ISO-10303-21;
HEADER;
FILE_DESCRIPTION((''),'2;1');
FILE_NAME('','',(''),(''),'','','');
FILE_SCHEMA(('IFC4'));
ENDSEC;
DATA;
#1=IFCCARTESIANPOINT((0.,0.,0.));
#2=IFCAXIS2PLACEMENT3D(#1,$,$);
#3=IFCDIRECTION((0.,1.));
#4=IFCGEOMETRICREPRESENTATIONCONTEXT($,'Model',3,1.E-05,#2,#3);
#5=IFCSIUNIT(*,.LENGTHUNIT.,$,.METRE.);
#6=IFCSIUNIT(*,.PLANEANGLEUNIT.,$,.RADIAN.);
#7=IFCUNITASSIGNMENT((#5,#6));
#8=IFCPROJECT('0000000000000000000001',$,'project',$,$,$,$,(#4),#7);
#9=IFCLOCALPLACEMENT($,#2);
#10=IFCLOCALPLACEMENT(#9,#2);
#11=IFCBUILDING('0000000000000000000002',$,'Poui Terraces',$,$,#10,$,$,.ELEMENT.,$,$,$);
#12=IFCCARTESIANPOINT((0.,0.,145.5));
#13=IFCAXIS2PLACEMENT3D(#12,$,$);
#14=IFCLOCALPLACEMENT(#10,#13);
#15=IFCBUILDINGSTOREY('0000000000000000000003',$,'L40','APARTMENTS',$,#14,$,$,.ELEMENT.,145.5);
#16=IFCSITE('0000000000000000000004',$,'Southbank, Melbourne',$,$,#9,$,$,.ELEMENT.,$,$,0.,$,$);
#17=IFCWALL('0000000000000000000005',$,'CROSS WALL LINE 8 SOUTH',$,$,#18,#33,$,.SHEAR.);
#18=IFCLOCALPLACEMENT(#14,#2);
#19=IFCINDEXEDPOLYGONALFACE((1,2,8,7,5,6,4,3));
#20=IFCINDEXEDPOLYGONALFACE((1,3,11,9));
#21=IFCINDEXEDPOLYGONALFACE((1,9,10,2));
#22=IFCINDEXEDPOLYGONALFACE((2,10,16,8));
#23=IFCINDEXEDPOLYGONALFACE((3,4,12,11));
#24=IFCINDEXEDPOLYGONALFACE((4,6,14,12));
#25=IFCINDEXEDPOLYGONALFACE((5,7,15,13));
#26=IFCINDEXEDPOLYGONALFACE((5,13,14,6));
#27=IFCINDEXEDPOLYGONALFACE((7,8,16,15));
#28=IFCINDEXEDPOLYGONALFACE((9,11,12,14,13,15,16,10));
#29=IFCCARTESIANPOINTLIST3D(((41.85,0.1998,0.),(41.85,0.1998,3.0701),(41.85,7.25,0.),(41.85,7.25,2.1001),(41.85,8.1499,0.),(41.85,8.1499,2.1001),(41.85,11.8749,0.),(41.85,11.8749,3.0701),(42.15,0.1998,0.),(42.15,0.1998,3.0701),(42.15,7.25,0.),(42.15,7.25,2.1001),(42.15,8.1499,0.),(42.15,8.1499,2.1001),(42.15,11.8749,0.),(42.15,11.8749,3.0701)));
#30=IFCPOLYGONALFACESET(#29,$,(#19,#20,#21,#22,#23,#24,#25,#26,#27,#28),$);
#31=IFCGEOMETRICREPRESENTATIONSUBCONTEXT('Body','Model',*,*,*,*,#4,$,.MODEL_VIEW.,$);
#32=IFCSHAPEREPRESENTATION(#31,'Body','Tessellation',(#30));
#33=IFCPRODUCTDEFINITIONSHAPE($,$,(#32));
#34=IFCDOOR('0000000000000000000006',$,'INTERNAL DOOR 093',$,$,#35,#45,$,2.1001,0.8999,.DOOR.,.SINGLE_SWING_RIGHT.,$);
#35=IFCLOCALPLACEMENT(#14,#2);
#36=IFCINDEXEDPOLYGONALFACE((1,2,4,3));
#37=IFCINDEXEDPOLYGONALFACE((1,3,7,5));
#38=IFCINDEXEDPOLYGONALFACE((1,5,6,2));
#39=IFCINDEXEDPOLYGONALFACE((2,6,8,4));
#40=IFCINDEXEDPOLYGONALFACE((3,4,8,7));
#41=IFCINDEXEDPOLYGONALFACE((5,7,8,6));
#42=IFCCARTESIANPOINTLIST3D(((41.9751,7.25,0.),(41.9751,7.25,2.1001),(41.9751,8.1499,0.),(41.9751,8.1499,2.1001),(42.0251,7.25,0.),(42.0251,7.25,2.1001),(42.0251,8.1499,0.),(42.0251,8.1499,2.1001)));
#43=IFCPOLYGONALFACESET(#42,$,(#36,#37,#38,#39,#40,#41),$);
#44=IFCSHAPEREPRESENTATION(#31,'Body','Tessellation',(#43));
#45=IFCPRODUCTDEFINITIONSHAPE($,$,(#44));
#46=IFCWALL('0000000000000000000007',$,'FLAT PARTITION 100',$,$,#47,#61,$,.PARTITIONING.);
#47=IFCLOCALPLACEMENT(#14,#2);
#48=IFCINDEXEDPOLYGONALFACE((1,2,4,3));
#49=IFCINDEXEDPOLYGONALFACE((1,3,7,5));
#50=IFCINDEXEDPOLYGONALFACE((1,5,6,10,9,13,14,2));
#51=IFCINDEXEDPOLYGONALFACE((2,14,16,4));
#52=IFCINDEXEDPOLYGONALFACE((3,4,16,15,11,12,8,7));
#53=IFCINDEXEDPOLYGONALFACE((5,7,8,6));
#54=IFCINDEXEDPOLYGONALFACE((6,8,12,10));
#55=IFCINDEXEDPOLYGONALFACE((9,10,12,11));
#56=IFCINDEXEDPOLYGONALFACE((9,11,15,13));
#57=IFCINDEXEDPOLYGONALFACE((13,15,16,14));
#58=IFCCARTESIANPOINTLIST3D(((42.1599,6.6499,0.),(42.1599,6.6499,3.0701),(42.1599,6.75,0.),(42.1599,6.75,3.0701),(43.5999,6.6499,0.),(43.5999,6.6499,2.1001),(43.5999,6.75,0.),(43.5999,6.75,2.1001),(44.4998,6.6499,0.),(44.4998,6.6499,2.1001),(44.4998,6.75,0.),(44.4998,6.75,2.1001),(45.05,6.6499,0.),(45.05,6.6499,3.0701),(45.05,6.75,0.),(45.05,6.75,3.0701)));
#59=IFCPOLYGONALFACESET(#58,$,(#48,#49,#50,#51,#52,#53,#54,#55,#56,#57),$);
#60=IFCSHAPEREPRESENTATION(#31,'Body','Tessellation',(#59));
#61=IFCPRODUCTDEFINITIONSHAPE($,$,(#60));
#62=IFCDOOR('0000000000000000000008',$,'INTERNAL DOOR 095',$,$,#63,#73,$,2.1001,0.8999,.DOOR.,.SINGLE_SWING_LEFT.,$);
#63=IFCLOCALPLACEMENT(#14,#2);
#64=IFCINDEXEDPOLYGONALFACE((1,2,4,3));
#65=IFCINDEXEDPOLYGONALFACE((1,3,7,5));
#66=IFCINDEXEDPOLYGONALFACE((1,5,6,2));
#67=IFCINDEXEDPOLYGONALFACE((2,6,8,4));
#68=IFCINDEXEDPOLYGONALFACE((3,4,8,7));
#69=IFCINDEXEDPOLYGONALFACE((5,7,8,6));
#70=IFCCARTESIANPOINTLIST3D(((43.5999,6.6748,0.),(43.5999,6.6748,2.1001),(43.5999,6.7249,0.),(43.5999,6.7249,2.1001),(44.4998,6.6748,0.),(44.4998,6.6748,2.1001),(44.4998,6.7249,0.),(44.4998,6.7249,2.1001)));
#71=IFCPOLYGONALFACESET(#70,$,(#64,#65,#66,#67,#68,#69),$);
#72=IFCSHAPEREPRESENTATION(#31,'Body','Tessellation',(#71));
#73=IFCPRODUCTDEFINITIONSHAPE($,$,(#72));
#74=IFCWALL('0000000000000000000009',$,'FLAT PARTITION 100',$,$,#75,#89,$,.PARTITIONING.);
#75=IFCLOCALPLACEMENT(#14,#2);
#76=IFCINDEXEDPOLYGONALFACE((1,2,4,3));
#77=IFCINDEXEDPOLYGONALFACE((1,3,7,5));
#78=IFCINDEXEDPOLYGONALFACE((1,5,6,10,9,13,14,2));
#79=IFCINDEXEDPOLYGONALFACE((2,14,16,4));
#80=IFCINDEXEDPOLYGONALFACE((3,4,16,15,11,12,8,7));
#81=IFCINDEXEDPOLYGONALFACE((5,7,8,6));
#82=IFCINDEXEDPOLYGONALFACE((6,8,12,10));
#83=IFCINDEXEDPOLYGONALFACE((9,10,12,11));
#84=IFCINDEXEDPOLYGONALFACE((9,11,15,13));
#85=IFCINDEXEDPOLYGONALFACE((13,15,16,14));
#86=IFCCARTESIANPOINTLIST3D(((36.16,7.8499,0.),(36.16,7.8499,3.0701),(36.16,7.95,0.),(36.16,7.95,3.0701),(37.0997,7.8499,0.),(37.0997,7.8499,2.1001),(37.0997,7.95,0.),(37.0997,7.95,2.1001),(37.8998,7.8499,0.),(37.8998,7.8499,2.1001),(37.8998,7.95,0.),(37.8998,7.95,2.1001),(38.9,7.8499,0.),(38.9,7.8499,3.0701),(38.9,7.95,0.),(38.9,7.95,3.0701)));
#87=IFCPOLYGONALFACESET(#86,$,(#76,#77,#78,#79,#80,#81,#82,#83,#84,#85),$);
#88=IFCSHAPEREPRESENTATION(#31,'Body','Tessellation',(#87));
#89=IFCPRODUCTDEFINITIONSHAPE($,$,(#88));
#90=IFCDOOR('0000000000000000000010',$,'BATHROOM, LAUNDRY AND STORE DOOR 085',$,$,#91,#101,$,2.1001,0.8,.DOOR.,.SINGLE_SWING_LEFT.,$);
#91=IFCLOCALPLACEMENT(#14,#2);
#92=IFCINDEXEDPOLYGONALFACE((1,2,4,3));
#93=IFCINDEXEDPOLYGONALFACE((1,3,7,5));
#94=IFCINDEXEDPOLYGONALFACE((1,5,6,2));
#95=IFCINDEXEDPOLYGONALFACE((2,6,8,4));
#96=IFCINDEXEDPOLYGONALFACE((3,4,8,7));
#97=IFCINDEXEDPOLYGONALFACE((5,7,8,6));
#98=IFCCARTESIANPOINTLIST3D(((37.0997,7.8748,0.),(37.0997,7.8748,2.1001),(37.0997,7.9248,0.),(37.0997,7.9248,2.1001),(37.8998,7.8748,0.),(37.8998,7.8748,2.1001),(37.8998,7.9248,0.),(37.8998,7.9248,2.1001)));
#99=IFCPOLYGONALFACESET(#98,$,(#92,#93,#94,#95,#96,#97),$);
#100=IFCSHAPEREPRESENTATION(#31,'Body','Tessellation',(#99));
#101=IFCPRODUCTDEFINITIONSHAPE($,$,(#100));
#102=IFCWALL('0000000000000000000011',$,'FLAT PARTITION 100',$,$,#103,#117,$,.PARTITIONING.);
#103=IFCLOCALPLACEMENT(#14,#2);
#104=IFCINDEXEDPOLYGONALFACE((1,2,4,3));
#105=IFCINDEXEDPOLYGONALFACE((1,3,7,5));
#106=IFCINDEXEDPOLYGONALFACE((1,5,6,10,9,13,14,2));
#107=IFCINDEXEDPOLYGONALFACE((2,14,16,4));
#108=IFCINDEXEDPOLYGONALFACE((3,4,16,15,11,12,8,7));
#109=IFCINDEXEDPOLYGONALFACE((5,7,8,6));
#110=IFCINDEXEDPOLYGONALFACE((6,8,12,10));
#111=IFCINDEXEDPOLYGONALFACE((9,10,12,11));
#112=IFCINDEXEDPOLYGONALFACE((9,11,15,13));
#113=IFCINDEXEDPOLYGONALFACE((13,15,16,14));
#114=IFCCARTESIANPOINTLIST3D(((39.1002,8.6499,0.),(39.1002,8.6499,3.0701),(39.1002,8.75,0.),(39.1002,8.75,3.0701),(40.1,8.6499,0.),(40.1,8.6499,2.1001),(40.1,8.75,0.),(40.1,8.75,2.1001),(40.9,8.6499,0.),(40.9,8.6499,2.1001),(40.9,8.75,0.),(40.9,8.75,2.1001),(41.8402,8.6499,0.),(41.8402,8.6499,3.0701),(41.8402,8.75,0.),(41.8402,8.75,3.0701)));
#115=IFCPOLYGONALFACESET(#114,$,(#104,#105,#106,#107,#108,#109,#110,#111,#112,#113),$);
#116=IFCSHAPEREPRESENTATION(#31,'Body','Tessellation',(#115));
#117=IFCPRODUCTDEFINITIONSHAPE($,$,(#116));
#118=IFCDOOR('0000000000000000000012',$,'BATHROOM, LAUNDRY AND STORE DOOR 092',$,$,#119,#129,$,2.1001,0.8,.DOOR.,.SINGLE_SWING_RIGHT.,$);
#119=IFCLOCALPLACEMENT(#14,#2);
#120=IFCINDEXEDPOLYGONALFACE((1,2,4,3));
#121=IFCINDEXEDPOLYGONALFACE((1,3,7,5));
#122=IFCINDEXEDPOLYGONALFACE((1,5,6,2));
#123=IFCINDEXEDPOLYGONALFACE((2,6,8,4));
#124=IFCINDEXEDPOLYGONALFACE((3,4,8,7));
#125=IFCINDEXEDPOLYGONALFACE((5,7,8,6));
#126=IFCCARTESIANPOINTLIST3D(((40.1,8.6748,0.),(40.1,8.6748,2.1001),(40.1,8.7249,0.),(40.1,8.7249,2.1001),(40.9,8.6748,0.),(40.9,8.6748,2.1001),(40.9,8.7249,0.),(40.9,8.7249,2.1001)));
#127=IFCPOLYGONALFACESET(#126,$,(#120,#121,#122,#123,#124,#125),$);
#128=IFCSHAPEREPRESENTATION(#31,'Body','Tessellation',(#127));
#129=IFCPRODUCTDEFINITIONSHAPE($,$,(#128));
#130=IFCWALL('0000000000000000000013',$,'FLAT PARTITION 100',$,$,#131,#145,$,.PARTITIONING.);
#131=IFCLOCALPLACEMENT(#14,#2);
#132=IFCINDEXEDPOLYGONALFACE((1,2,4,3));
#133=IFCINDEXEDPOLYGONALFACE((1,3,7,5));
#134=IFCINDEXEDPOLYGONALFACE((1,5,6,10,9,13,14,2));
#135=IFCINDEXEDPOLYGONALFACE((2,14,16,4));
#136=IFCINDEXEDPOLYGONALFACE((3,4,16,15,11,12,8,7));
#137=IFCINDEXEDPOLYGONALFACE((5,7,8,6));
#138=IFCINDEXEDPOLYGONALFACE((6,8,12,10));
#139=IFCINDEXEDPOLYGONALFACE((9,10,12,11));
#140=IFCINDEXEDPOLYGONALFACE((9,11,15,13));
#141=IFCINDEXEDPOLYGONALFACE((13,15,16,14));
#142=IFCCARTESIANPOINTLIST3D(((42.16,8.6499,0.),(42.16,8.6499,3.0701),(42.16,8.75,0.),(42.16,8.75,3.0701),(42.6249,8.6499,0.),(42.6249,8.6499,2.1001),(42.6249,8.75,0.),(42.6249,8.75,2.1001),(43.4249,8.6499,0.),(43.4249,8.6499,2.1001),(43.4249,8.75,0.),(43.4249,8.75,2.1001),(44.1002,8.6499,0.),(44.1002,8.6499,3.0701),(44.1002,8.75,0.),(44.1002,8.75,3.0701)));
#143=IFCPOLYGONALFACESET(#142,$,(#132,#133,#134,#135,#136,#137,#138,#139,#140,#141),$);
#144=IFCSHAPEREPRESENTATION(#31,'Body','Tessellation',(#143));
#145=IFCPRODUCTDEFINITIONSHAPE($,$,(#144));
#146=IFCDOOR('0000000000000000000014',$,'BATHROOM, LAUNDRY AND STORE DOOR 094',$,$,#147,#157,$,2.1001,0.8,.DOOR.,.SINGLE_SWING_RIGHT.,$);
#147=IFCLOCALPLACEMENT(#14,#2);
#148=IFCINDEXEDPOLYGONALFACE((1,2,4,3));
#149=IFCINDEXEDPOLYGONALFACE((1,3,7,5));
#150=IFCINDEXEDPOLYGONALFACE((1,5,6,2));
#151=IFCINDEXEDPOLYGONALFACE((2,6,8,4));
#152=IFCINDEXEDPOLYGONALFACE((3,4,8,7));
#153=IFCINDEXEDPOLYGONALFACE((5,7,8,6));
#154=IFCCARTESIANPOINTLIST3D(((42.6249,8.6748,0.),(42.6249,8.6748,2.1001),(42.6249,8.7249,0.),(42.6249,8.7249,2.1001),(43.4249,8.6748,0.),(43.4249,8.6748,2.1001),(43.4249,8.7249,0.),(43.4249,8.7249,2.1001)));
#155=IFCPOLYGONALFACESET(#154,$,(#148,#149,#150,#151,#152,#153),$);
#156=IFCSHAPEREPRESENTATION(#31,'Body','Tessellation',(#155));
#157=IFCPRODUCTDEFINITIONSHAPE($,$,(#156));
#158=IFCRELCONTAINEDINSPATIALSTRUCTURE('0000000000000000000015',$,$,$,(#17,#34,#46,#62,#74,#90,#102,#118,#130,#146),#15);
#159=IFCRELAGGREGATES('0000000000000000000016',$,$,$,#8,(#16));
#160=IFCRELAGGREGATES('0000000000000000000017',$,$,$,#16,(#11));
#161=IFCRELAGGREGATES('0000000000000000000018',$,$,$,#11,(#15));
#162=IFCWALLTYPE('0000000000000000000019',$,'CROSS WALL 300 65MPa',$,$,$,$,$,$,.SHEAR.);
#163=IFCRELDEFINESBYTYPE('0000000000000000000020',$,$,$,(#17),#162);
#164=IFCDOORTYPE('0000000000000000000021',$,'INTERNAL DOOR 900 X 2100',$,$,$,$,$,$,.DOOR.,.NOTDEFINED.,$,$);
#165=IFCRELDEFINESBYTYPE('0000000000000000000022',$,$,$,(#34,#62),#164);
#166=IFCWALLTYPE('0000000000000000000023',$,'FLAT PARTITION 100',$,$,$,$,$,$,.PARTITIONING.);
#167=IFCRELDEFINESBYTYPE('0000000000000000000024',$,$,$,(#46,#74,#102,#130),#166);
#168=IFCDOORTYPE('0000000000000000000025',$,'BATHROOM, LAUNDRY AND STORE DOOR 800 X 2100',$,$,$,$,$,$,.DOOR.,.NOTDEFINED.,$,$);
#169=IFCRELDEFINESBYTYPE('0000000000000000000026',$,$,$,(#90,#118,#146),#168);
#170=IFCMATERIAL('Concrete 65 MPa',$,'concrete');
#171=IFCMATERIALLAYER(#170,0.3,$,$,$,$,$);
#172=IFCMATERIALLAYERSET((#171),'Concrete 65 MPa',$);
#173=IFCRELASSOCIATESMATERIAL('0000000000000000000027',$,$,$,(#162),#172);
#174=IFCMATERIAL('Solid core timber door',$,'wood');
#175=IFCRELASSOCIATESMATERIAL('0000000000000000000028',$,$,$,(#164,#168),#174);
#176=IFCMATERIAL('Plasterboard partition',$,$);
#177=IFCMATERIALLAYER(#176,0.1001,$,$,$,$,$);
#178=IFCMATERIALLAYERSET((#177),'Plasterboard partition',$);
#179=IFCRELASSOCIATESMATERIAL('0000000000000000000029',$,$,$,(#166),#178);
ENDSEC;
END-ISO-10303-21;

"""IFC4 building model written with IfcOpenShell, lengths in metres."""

from ifc_helpers import new_model, si_unit, direction, frame, frame_2d, origin, place, context, subcontext, project, spatial, rectangle, extrude, material, layer, layer_set, type_object, element, fill, save


model = new_model("IFC4")

# Units and contexts
model_context = context("Model", 3, precision=1e-05, world=origin(), true_north=direction((0.0, 1.0)))
body_context = subcontext(model_context, "Body", "Model", "MODEL_VIEW")
ifc_project = project(units=[si_unit("LENGTHUNIT", "METRE"), si_unit("PLANEANGLEUNIT", "RADIAN")], contexts=[model_context])

# Site, building, storey
site_placement = place(None, origin())
site = spatial("IfcSite", under=ifc_project, at=site_placement, Name="Southbank, Melbourne", CompositionType="ELEMENT", RefElevation=0.0)
building_placement = place(site_placement, origin())
building = spatial("IfcBuilding", under=site, at=building_placement, Name="Poui Terraces", CompositionType="ELEMENT")
storey_placement = place(building_placement, frame((0.0, 0.0, 145.5)))
storey = spatial("IfcBuildingStorey", under=building, at=storey_placement, Name="L40", Description="APARTMENTS", CompositionType="ELEMENT", Elevation=145.5)

# Walls, openings, doors
ifc_material_1 = material(Name="Concrete 65 MPa", Category="concrete")
ifc_layer_1 = layer(ifc_material_1, 0.3)
ifc_layer_set_1 = layer_set([ifc_layer_1], Name="Concrete 65 MPa")
wall_type_1 = type_object("IfcWallType", Name="CROSS WALL 300 65MPa", PredefinedType="SHEAR", material=ifc_layer_set_1)
wall_1_placement = place(storey_placement, frame((42.0, 0.2, 0.0), z_axis=(0.0, 0.0, 1.0), x_axis=(0.0, 1.0, 0.0)))
wall_1 = element("IfcWall", 1, at=wall_1_placement, inside=storey, type_object=wall_type_1, Name="CROSS WALL LINE 8 SOUTH", PredefinedType="SHEAR", context=body_context, shape_type="SweptSolid", body=[
    extrude(rectangle(XDim=11.675, YDim=0.3, at=frame_2d((5.8374, 0.0))), origin(), (0.0, 0.0, 1.0), 3.0701),
])
opening_1_placement = place(wall_1_placement, frame((7.05, 0.0, 0.0)))
opening_1 = element("IfcOpeningElement", 2, at=opening_1_placement, cuts=wall_1, PredefinedType="OPENING", context=body_context, shape_type="SweptSolid", body=[
    extrude(rectangle(XDim=0.8999, YDim=2.1001, at=frame_2d((0.45, 1.05))), frame((0.0, 0.1602, 0.0), z_axis=(0.0, -1.0, 0.0), x_axis=(1.0, 0.0, 0.0)), (0.0, 0.0, 1.0), 0.3201),
])
ifc_material_2 = material(Name="Solid core timber door", Category="wood")
door_type_1 = type_object("IfcDoorType", Name="INTERNAL DOOR 900 X 2100", OperationType="NOTDEFINED", PredefinedType="DOOR", material=ifc_material_2)
door_1_placement = place(opening_1_placement, origin())
door_1 = element("IfcDoor", 3, at=door_1_placement, inside=storey, type_object=door_type_1, Name="INTERNAL DOOR 093", OperationType="SINGLE_SWING_RIGHT", OverallHeight=2.1001, OverallWidth=0.8999, PredefinedType="DOOR", context=body_context, shape_type="SweptSolid", body=[
    extrude(rectangle(XDim=0.8999, YDim=2.1001, at=frame_2d((0.45, 1.05))), frame((0.0, 0.0249, 0.0), z_axis=(0.0, -1.0, 0.0), x_axis=(1.0, 0.0, 0.0)), (0.0, 0.0, 1.0), 0.05),
])
fill(opening_1, door_1)
ifc_material_3 = material(Name="Plasterboard partition")
ifc_layer_2 = layer(ifc_material_3, 0.1001)
ifc_layer_set_2 = layer_set([ifc_layer_2], Name="Plasterboard partition")
wall_type_2 = type_object("IfcWallType", Name="FLAT PARTITION 100", PredefinedType="PARTITIONING", material=ifc_layer_set_2)
wall_2_placement = place(storey_placement, frame((42.1599, 6.7, 0.0), z_axis=(0.0, 0.0, 1.0), x_axis=(1.0, 0.0, 0.0)))
wall_2 = element("IfcWall", 4, at=wall_2_placement, inside=storey, type_object=wall_type_2, Name="FLAT PARTITION 100", PredefinedType="PARTITIONING", context=body_context, shape_type="SweptSolid", body=[
    extrude(rectangle(XDim=2.8901, YDim=0.1001, at=frame_2d((1.4451, 0.0))), origin(), (0.0, 0.0, 1.0), 3.0701),
])
opening_2_placement = place(wall_2_placement, frame((1.4399, 0.0, 0.0)))
opening_2 = element("IfcOpeningElement", 5, at=opening_2_placement, cuts=wall_2, PredefinedType="OPENING", context=body_context, shape_type="SweptSolid", body=[
    extrude(rectangle(XDim=0.8999, YDim=2.1001, at=frame_2d((0.45, 1.05))), frame((0.0, 0.0601, 0.0), z_axis=(0.0, -1.0, 0.0), x_axis=(1.0, 0.0, 0.0)), (0.0, 0.0, 1.0), 0.1201),
])
door_2_placement = place(opening_2_placement, origin())
door_2 = element("IfcDoor", 6, at=door_2_placement, inside=storey, type_object=door_type_1, Name="INTERNAL DOOR 095", OperationType="SINGLE_SWING_LEFT", OverallHeight=2.1001, OverallWidth=0.8999, PredefinedType="DOOR", context=body_context, shape_type="SweptSolid", body=[
    extrude(rectangle(XDim=0.8999, YDim=2.1001, at=frame_2d((0.45, 1.05))), frame((0.0, 0.0249, 0.0), z_axis=(0.0, -1.0, 0.0), x_axis=(1.0, 0.0, 0.0)), (0.0, 0.0, 1.0), 0.05),
])
fill(opening_2, door_2)
wall_3_placement = place(storey_placement, frame((36.1599, 7.8999, 0.0), z_axis=(0.0, 0.0, 1.0), x_axis=(1.0, 0.0, 0.0)))
wall_3 = element("IfcWall", 7, at=wall_3_placement, inside=storey, type_object=wall_type_2, Name="FLAT PARTITION 100", PredefinedType="PARTITIONING", context=body_context, shape_type="SweptSolid", body=[
    extrude(rectangle(XDim=2.74, YDim=0.1001, at=frame_2d((1.3701, 0.0))), origin(), (0.0, 0.0, 1.0), 3.0701),
])
opening_3_placement = place(wall_3_placement, frame((0.9399, 0.0, 0.0)))
opening_3 = element("IfcOpeningElement", 8, at=opening_3_placement, cuts=wall_3, PredefinedType="OPENING", context=body_context, shape_type="SweptSolid", body=[
    extrude(rectangle(XDim=0.8, YDim=2.1001, at=frame_2d((0.3999, 1.05))), frame((0.0, 0.0601, 0.0), z_axis=(0.0, -1.0, 0.0), x_axis=(1.0, 0.0, 0.0)), (0.0, 0.0, 1.0), 0.1201),
])
door_type_2 = type_object("IfcDoorType", Name="BATHROOM, LAUNDRY AND STORE DOOR 800 X 2100", OperationType="NOTDEFINED", PredefinedType="DOOR", material=ifc_material_2)
door_3_placement = place(opening_3_placement, origin())
door_3 = element("IfcDoor", 9, at=door_3_placement, inside=storey, type_object=door_type_2, Name="BATHROOM, LAUNDRY AND STORE DOOR 085", OperationType="SINGLE_SWING_LEFT", OverallHeight=2.1001, OverallWidth=0.8, PredefinedType="DOOR", context=body_context, shape_type="SweptSolid", body=[
    extrude(rectangle(XDim=0.8, YDim=2.1001, at=frame_2d((0.3999, 1.05))), frame((0.0, 0.0249, 0.0), z_axis=(0.0, -1.0, 0.0), x_axis=(1.0, 0.0, 0.0)), (0.0, 0.0, 1.0), 0.05),
])
fill(opening_3, door_3)
wall_4_placement = place(storey_placement, frame((39.1001, 8.7, 0.0), z_axis=(0.0, 0.0, 1.0), x_axis=(1.0, 0.0, 0.0)))
wall_4 = element("IfcWall", 10, at=wall_4_placement, inside=storey, type_object=wall_type_2, Name="FLAT PARTITION 100", PredefinedType="PARTITIONING", context=body_context, shape_type="SweptSolid", body=[
    extrude(rectangle(XDim=2.74, YDim=0.1001, at=frame_2d((1.3701, 0.0))), origin(), (0.0, 0.0, 1.0), 3.0701),
])
opening_4_placement = place(wall_4_placement, frame((1.0, 0.0, 0.0)))
opening_4 = element("IfcOpeningElement", 11, at=opening_4_placement, cuts=wall_4, PredefinedType="OPENING", context=body_context, shape_type="SweptSolid", body=[
    extrude(rectangle(XDim=0.8, YDim=2.1001, at=frame_2d((0.3999, 1.05))), frame((0.0, 0.0601, 0.0), z_axis=(0.0, -1.0, 0.0), x_axis=(1.0, 0.0, 0.0)), (0.0, 0.0, 1.0), 0.1201),
])
door_4_placement = place(opening_4_placement, origin())
door_4 = element("IfcDoor", 12, at=door_4_placement, inside=storey, type_object=door_type_2, Name="BATHROOM, LAUNDRY AND STORE DOOR 092", OperationType="SINGLE_SWING_RIGHT", OverallHeight=2.1001, OverallWidth=0.8, PredefinedType="DOOR", context=body_context, shape_type="SweptSolid", body=[
    extrude(rectangle(XDim=0.8, YDim=2.1001, at=frame_2d((0.3999, 1.05))), frame((0.0, 0.0249, 0.0), z_axis=(0.0, -1.0, 0.0), x_axis=(1.0, 0.0, 0.0)), (0.0, 0.0, 1.0), 0.05),
])
fill(opening_4, door_4)
wall_5_placement = place(storey_placement, frame((42.1599, 8.7, 0.0), z_axis=(0.0, 0.0, 1.0), x_axis=(1.0, 0.0, 0.0)))
wall_5 = element("IfcWall", 13, at=wall_5_placement, inside=storey, type_object=wall_type_2, Name="FLAT PARTITION 100", PredefinedType="PARTITIONING", context=body_context, shape_type="SweptSolid", body=[
    extrude(rectangle(XDim=1.9402, YDim=0.1001, at=frame_2d((0.9702, 0.0))), origin(), (0.0, 0.0, 1.0), 3.0701),
])
opening_5_placement = place(wall_5_placement, frame((0.4651, 0.0, 0.0)))
opening_5 = element("IfcOpeningElement", 14, at=opening_5_placement, cuts=wall_5, PredefinedType="OPENING", context=body_context, shape_type="SweptSolid", body=[
    extrude(rectangle(XDim=0.8, YDim=2.1001, at=frame_2d((0.3999, 1.05))), frame((0.0, 0.0601, 0.0), z_axis=(0.0, -1.0, 0.0), x_axis=(1.0, 0.0, 0.0)), (0.0, 0.0, 1.0), 0.1201),
])
door_5_placement = place(opening_5_placement, origin())
door_5 = element("IfcDoor", 15, at=door_5_placement, inside=storey, type_object=door_type_2, Name="BATHROOM, LAUNDRY AND STORE DOOR 094", OperationType="SINGLE_SWING_RIGHT", OverallHeight=2.1001, OverallWidth=0.8, PredefinedType="DOOR", context=body_context, shape_type="SweptSolid", body=[
    extrude(rectangle(XDim=0.8, YDim=2.1001, at=frame_2d((0.3999, 1.05))), frame((0.0, 0.0249, 0.0), z_axis=(0.0, -1.0, 0.0), x_axis=(1.0, 0.0, 0.0)), (0.0, 0.0, 1.0), 0.05),
])
fill(opening_5, door_5)

save(model, "model.ifc")
